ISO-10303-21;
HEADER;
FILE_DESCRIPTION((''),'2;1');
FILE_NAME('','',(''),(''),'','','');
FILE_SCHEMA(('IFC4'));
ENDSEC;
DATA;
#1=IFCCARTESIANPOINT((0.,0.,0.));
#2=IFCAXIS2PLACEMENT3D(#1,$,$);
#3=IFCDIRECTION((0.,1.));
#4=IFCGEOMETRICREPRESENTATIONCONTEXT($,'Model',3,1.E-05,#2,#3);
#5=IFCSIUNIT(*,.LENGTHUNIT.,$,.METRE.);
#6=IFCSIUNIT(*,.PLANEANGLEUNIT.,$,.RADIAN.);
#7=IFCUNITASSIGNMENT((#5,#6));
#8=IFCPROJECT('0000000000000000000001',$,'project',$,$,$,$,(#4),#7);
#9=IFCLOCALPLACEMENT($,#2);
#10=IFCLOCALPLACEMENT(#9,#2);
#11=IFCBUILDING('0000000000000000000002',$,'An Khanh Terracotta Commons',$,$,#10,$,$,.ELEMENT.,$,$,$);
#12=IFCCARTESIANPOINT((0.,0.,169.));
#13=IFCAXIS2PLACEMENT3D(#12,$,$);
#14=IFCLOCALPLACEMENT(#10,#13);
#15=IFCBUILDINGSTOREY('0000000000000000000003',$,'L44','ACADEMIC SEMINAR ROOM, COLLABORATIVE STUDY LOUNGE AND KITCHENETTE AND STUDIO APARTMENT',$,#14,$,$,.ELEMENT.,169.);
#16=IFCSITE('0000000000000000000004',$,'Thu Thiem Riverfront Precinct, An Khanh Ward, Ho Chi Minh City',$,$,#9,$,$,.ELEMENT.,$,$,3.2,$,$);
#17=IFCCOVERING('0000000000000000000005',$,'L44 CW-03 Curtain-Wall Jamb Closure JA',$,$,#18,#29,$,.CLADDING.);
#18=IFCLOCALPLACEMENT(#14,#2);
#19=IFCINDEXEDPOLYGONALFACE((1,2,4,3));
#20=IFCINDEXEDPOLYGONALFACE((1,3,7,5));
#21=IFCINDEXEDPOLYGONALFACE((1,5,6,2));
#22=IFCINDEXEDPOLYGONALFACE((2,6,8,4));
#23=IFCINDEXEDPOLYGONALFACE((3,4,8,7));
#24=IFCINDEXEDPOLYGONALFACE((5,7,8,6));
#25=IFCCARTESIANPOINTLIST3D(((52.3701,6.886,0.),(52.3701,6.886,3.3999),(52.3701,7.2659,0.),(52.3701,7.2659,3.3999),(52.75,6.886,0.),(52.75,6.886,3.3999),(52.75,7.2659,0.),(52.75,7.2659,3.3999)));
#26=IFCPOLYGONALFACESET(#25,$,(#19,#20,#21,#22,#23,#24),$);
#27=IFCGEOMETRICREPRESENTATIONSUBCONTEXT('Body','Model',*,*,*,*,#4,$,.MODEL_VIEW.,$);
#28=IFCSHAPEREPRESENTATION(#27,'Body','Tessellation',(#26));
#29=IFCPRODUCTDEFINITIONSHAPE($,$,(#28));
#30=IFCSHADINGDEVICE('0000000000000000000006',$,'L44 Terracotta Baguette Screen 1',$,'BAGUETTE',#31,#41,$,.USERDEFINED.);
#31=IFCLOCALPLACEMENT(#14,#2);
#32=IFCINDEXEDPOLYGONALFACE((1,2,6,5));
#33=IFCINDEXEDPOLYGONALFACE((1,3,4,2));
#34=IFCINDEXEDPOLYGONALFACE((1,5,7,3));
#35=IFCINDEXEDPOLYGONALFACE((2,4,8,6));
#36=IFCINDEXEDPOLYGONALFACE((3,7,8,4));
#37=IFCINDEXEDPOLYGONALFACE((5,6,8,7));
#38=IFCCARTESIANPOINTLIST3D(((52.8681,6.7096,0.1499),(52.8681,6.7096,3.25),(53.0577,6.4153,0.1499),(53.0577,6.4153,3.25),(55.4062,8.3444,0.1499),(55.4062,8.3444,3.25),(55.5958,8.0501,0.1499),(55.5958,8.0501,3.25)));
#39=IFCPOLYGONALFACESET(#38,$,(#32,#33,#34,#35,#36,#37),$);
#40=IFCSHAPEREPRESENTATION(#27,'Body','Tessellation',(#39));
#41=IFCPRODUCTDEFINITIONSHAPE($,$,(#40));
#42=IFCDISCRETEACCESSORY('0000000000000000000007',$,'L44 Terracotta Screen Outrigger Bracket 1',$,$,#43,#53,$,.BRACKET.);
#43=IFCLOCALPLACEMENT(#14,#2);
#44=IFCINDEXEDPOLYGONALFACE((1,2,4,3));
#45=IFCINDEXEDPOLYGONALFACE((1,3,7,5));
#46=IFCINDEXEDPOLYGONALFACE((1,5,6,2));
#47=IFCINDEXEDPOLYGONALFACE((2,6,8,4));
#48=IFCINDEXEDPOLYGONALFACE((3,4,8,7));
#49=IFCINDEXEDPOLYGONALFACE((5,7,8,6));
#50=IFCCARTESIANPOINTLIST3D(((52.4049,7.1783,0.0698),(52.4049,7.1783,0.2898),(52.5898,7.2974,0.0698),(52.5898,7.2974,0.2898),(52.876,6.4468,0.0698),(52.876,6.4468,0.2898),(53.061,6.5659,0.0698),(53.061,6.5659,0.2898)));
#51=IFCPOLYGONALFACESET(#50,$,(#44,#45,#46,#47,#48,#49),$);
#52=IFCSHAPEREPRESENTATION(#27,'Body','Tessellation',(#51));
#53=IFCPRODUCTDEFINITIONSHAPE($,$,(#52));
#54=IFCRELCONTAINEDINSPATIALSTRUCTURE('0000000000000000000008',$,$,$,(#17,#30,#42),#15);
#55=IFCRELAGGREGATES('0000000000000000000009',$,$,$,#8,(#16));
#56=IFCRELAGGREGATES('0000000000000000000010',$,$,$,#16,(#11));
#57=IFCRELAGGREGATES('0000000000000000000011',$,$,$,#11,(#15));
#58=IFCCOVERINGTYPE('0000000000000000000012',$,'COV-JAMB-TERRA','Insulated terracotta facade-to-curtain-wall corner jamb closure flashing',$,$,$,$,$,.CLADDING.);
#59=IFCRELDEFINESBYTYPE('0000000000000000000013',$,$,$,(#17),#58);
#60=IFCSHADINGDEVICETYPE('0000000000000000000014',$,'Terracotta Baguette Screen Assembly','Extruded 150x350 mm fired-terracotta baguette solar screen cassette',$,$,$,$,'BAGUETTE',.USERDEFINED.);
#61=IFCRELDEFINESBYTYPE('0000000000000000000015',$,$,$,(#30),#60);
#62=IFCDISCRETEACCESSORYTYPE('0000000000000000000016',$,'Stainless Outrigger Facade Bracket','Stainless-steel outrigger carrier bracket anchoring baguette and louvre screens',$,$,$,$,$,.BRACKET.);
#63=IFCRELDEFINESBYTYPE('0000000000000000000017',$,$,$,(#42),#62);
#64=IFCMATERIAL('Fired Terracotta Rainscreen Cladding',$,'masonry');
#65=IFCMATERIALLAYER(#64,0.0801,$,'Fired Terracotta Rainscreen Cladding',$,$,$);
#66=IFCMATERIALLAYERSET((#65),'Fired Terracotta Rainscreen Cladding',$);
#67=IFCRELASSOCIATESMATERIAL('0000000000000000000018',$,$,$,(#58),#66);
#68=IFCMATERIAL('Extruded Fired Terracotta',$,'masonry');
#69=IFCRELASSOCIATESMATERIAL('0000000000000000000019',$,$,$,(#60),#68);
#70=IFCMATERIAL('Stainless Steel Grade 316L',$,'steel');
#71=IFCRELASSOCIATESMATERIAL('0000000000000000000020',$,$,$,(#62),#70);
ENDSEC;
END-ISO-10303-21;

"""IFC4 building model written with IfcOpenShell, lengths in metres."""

from ifc_helpers import new_model, si_unit, direction, frame, origin, origin_2d, place, context, subcontext, project, spatial, rectangle, extrude, material, layer, layer_set, type_object, element, save


model = new_model("IFC4")

# Units and contexts
model_context = context("Model", 3, precision=1e-05, world=origin(), true_north=direction((0.0, 1.0)))
body_context = subcontext(model_context, "Body", "Model", "MODEL_VIEW")
ifc_project = project(units=[si_unit("LENGTHUNIT", "METRE"), si_unit("PLANEANGLEUNIT", "RADIAN")], contexts=[model_context])

# Site, building, storey
site_placement = place(None, origin())
site = spatial("IfcSite", under=ifc_project, at=site_placement, Name="Thu Thiem Riverfront Precinct, An Khanh Ward, Ho Chi Minh City", CompositionType="ELEMENT", RefElevation=3.2)
building_placement = place(site_placement, origin())
building = spatial("IfcBuilding", under=site, at=building_placement, Name="An Khanh Terracotta Commons", CompositionType="ELEMENT")
storey_placement = place(building_placement, frame((0.0, 0.0, 169.0)))
storey = spatial("IfcBuildingStorey", under=building, at=storey_placement, Name="L44", Description="ACADEMIC SEMINAR ROOM, COLLABORATIVE STUDY LOUNGE AND KITCHENETTE AND STUDIO APARTMENT", CompositionType="ELEMENT", Elevation=169.0)

# Covering
ifc_material_1 = material(Name="Fired Terracotta Rainscreen Cladding", Category="masonry")
ifc_layer_1 = layer(ifc_material_1, 0.0801, Name="Fired Terracotta Rainscreen Cladding")
ifc_layer_set_1 = layer_set([ifc_layer_1], Name="Fired Terracotta Rainscreen Cladding")
covering_type = type_object("IfcCoveringType", Name="COV-JAMB-TERRA", Description="Insulated terracotta facade-to-curtain-wall corner jamb closure flashing", PredefinedType="CLADDING", material=ifc_layer_set_1)
covering_placement = place(storey_placement, frame((52.5601, 7.0759, 0.0), z_axis=(0.0, 0.0, 1.0), x_axis=(1.0, 0.0, 0.0)))
element("IfcCovering", 1, at=covering_placement, inside=storey, type_object=covering_type, Name="L44 CW-03 Curtain-Wall Jamb Closure JA", PredefinedType="CLADDING", context=body_context, shape_type="SweptSolid", body=[
    extrude(rectangle(XDim=0.3799, YDim=0.3799, at=origin_2d()), origin(), (0.0, 0.0, 1.0), 3.3999),
])

# Shading device
ifc_material_2 = material(Name="Extruded Fired Terracotta", Category="masonry")
shading_device_type = type_object("IfcShadingDeviceType", Name="Terracotta Baguette Screen Assembly", Description="Extruded 150x350 mm fired-terracotta baguette solar screen cassette", ElementType="BAGUETTE", PredefinedType="USERDEFINED", material=ifc_material_2)
shading_device_placement = place(storey_placement, frame((54.2319, 7.3799, 0.1499), z_axis=(0.0, 0.0, 1.0), x_axis=(0.840702, 0.541498, 0.0)))
element("IfcShadingDevice", 2, at=shading_device_placement, inside=storey, type_object=shading_device_type, Name="L44 Terracotta Baguette Screen 1", ObjectType="BAGUETTE", PredefinedType="USERDEFINED", context=body_context, shape_type="SweptSolid", body=[
    extrude(rectangle(XDim=3.019, YDim=0.3501, at=origin_2d()), origin(), (0.0, 0.0, 1.0), 3.1001),
])

# Discrete accessory
ifc_material_3 = material(Name="Stainless Steel Grade 316L", Category="steel")
discrete_accessory_type = type_object("IfcDiscreteAccessoryType", Name="Stainless Outrigger Facade Bracket", Description="Stainless-steel outrigger carrier bracket anchoring baguette and louvre screens", PredefinedType="BRACKET", material=ifc_material_3)
discrete_accessory_placement = place(storey_placement, frame((52.7329, 6.8721, 0.0698), z_axis=(0.0, 0.0, 1.0), x_axis=(0.840702, 0.541498, 0.0)))
element("IfcDiscreteAccessory", 3, at=discrete_accessory_placement, inside=storey, type_object=discrete_accessory_type, Name="L44 Terracotta Screen Outrigger Bracket 1", PredefinedType="BRACKET", context=body_context, shape_type="SweptSolid", body=[
    extrude(rectangle(XDim=0.22, YDim=0.8701, at=origin_2d()), origin(), (0.0, 0.0, 1.0), 0.22),
])

save(model, "model.ifc")
